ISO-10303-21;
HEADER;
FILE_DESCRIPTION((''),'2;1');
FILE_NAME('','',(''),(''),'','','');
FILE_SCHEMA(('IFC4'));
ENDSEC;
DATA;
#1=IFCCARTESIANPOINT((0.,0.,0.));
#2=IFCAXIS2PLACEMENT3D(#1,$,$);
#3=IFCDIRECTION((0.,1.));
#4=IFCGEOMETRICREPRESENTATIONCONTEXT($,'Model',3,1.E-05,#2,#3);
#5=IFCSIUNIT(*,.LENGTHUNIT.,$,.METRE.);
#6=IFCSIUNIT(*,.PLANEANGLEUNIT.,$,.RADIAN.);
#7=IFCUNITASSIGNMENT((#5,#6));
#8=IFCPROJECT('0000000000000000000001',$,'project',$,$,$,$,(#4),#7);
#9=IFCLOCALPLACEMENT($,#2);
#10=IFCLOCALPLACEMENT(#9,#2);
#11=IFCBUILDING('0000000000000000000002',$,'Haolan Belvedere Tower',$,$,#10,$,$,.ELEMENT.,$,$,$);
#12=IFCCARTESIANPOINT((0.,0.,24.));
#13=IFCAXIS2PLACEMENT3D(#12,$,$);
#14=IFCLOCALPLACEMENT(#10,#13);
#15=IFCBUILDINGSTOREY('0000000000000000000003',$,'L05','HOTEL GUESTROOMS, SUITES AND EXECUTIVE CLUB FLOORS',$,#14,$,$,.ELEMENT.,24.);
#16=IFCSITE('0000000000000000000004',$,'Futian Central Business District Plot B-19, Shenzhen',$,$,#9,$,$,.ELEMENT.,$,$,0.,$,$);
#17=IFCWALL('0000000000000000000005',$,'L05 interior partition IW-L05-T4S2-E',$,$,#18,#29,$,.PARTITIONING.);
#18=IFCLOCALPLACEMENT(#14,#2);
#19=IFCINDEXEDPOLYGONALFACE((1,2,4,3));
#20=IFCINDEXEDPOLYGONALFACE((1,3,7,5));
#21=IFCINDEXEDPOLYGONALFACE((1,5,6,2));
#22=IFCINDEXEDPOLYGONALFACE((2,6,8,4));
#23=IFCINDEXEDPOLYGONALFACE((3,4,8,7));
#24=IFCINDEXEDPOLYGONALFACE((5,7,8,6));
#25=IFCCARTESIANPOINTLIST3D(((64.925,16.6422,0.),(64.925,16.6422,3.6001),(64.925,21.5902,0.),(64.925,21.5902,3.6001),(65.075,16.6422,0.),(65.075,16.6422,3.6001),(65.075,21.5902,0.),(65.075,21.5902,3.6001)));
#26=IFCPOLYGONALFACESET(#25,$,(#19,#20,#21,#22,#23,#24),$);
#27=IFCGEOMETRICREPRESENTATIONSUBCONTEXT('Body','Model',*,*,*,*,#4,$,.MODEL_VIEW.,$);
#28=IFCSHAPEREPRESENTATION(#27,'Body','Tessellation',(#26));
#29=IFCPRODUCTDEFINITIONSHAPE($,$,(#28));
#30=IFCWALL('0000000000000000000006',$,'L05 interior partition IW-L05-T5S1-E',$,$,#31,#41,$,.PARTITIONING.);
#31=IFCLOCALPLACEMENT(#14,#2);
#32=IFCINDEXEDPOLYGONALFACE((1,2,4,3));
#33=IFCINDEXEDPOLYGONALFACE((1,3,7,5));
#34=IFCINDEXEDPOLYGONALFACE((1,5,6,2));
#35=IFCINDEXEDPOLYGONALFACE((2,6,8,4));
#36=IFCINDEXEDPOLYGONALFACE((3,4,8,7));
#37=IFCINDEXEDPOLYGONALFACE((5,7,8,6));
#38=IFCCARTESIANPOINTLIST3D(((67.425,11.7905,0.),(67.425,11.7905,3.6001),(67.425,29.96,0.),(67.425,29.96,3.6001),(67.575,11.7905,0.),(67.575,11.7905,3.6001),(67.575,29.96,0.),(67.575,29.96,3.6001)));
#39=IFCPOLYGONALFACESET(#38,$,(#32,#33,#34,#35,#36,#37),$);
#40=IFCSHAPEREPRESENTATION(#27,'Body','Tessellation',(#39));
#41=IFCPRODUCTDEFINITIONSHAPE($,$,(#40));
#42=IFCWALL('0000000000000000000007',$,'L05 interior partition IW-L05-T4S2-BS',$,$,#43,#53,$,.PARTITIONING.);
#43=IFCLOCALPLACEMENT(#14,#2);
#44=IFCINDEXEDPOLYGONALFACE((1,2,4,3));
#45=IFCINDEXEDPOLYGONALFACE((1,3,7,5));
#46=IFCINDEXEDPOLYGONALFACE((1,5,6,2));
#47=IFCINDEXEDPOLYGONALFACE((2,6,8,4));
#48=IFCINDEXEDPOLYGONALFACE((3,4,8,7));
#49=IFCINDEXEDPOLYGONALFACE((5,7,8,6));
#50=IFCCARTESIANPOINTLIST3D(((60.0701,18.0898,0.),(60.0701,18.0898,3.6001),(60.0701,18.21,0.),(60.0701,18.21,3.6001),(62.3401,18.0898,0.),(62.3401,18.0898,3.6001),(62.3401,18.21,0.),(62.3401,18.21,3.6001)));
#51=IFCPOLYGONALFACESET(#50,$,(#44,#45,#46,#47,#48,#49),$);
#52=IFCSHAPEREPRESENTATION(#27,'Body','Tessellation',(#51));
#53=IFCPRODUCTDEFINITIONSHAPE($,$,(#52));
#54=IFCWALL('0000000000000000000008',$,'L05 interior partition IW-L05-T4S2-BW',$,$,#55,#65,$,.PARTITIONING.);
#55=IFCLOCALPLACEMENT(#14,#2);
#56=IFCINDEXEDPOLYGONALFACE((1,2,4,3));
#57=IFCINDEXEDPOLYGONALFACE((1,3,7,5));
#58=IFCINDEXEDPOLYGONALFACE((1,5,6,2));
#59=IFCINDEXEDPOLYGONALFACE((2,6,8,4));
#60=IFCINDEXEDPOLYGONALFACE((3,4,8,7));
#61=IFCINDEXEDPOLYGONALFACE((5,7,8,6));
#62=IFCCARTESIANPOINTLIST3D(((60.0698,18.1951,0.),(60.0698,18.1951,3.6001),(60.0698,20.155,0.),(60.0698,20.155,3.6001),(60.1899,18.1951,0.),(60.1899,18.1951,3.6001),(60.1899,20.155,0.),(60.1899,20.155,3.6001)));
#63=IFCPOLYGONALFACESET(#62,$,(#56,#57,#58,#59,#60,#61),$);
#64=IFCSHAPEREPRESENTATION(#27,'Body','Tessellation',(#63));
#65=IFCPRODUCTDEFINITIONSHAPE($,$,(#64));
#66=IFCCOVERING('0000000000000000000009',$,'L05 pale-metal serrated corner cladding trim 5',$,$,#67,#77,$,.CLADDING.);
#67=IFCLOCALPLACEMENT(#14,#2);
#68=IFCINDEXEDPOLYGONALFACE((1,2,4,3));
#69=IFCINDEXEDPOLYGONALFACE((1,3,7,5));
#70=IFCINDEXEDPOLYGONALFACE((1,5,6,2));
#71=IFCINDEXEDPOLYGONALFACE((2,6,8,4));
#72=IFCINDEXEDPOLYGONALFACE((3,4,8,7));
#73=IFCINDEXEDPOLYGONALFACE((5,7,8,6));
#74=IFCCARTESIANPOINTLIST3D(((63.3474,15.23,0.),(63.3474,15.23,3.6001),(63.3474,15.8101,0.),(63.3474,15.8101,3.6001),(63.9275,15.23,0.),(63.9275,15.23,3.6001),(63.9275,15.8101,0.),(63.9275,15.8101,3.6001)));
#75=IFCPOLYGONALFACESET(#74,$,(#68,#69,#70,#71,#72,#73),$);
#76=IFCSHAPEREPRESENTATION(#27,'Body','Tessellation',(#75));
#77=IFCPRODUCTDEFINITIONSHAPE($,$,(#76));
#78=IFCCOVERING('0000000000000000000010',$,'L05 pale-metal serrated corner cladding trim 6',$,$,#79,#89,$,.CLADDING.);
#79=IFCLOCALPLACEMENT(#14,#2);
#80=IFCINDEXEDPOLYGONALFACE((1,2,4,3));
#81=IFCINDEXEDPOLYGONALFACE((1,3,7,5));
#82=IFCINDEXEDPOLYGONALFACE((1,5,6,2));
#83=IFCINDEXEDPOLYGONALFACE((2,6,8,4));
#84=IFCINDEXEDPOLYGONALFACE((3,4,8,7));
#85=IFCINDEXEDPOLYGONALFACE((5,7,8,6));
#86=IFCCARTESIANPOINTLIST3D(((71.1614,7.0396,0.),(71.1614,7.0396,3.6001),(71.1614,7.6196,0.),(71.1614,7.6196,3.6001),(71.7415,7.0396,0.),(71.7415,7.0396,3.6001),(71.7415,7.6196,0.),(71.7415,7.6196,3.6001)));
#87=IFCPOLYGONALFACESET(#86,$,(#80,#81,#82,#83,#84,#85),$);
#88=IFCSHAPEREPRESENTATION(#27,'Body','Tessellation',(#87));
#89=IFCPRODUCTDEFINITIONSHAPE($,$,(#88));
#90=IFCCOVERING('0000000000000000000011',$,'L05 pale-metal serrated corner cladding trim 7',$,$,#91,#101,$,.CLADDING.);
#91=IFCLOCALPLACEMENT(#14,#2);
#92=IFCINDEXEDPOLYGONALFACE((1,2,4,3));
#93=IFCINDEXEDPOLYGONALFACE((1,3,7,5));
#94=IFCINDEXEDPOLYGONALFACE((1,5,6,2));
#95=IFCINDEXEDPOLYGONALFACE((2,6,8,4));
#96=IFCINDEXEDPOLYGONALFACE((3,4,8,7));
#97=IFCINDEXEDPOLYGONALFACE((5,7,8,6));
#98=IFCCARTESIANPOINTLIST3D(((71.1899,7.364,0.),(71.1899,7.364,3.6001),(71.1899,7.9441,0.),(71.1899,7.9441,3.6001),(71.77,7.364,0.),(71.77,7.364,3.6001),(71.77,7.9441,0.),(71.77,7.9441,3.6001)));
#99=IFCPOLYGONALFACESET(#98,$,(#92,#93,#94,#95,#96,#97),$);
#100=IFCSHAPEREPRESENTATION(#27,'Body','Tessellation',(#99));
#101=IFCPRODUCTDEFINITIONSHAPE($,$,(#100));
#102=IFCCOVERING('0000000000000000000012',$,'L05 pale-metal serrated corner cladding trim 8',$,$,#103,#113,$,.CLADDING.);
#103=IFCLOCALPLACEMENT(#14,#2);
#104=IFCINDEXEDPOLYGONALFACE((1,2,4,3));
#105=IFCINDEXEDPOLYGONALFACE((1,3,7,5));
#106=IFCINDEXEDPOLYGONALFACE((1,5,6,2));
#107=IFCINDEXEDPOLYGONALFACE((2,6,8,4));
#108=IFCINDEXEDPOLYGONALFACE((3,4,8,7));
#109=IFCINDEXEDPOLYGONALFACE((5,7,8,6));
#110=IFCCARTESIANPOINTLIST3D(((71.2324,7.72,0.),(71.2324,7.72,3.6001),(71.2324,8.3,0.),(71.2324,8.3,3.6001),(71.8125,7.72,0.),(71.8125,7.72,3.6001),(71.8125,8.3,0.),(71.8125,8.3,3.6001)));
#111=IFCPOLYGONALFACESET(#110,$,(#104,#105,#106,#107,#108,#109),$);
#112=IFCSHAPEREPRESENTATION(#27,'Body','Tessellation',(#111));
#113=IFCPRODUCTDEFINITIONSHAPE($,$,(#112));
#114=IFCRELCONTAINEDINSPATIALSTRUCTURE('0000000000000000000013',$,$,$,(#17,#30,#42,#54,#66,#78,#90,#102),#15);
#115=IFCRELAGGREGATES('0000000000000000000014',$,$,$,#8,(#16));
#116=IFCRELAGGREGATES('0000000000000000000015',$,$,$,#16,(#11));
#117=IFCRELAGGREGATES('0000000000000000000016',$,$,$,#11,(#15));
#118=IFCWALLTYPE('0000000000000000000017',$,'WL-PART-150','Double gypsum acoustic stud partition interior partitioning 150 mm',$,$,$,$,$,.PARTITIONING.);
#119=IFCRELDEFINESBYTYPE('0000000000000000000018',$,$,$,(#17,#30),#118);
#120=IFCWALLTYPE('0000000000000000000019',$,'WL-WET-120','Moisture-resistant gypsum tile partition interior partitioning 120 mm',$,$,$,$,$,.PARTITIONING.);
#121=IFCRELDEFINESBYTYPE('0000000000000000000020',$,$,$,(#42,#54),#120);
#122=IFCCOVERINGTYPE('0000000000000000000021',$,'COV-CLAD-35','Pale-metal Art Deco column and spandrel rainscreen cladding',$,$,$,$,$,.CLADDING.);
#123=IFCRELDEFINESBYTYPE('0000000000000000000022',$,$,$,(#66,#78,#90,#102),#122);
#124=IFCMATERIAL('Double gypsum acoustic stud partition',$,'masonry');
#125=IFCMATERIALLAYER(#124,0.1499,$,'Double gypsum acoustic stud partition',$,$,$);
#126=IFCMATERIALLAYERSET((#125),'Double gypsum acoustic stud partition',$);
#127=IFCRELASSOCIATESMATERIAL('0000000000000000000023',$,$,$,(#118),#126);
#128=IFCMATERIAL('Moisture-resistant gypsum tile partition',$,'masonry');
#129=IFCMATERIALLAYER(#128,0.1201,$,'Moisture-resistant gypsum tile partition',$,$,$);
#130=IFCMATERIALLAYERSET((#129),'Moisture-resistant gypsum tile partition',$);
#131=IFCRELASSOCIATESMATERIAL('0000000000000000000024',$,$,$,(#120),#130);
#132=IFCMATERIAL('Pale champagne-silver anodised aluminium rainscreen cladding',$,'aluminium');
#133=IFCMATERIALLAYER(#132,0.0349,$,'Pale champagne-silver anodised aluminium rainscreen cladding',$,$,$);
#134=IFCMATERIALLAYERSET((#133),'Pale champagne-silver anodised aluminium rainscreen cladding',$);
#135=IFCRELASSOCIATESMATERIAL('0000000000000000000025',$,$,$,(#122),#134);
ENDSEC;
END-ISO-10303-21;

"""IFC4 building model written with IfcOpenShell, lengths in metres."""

from ifc_helpers import new_model, si_unit, direction, frame, frame_2d, origin, origin_2d, place, context, subcontext, project, spatial, rectangle, extrude, material, layer, layer_set, type_object, element, save


model = new_model("IFC4")

# Units and contexts
model_context = context("Model", 3, precision=1e-05, world=origin(), true_north=direction((0.0, 1.0)))
body_context = subcontext(model_context, "Body", "Model", "MODEL_VIEW")
ifc_project = project(units=[si_unit("LENGTHUNIT", "METRE"), si_unit("PLANEANGLEUNIT", "RADIAN")], contexts=[model_context])

# Site, building, storey
site_placement = place(None, origin())
site = spatial("IfcSite", under=ifc_project, at=site_placement, Name="Futian Central Business District Plot B-19, Shenzhen", CompositionType="ELEMENT", RefElevation=0.0)
building_placement = place(site_placement, origin())
building = spatial("IfcBuilding", under=site, at=building_placement, Name="Haolan Belvedere Tower", CompositionType="ELEMENT")
storey_placement = place(building_placement, frame((0.0, 0.0, 24.0)))
storey = spatial("IfcBuildingStorey", under=building, at=storey_placement, Name="L05", Description="HOTEL GUESTROOMS, SUITES AND EXECUTIVE CLUB FLOORS", CompositionType="ELEMENT", Elevation=24.0)

# Walls
ifc_material_1 = material(Name="Double gypsum acoustic stud partition", Category="masonry")
ifc_layer_1 = layer(ifc_material_1, 0.1499, Name="Double gypsum acoustic stud partition")
ifc_layer_set_1 = layer_set([ifc_layer_1], Name="Double gypsum acoustic stud partition")
wall_type_1 = type_object("IfcWallType", Name="WL-PART-150", Description="Double gypsum acoustic stud partition interior partitioning 150 mm", PredefinedType="PARTITIONING", material=ifc_layer_set_1)
wall_1_placement = place(storey_placement, frame((65.0, 16.6421, 0.0), z_axis=(0.0, 0.0, 1.0), x_axis=(0.0, 1.0, 0.0)))
element("IfcWall", 1, at=wall_1_placement, inside=storey, type_object=wall_type_1, Name="L05 interior partition IW-L05-T4S2-E", PredefinedType="PARTITIONING", context=body_context, shape_type="SweptSolid", body=[
    extrude(rectangle(XDim=4.948, YDim=0.1499, at=frame_2d((2.4741, 0.0))), origin(), (0.0, 0.0, 1.0), 3.6001),
])
wall_2_placement = place(storey_placement, frame((67.5, 11.7905, 0.0), z_axis=(0.0, 0.0, 1.0), x_axis=(0.0, 1.0, 0.0)))
element("IfcWall", 2, at=wall_2_placement, inside=storey, type_object=wall_type_1, Name="L05 interior partition IW-L05-T5S1-E", PredefinedType="PARTITIONING", context=body_context, shape_type="SweptSolid", body=[
    extrude(rectangle(XDim=18.1694, YDim=0.1499, at=frame_2d((9.0847, 0.0))), origin(), (0.0, 0.0, 1.0), 3.6001),
])
ifc_material_2 = material(Name="Moisture-resistant gypsum tile partition", Category="masonry")
ifc_layer_2 = layer(ifc_material_2, 0.1201, Name="Moisture-resistant gypsum tile partition")
ifc_layer_set_2 = layer_set([ifc_layer_2], Name="Moisture-resistant gypsum tile partition")
wall_type_2 = type_object("IfcWallType", Name="WL-WET-120", Description="Moisture-resistant gypsum tile partition interior partitioning 120 mm", PredefinedType="PARTITIONING", material=ifc_layer_set_2)
wall_3_placement = place(storey_placement, frame((60.0701, 18.1499, 0.0), z_axis=(0.0, 0.0, 1.0), x_axis=(1.0, 0.0, 0.0)))
element("IfcWall", 3, at=wall_3_placement, inside=storey, type_object=wall_type_2, Name="L05 interior partition IW-L05-T4S2-BS", PredefinedType="PARTITIONING", context=body_context, shape_type="SweptSolid", body=[
    extrude(rectangle(XDim=2.27, YDim=0.1201, at=frame_2d((1.135, 0.0))), origin(), (0.0, 0.0, 1.0), 3.6001),
])
wall_4_placement = place(storey_placement, frame((60.1299, 18.1951, 0.0), z_axis=(0.0, 0.0, 1.0), x_axis=(0.0, 1.0, 0.0)))
element("IfcWall", 4, at=wall_4_placement, inside=storey, type_object=wall_type_2, Name="L05 interior partition IW-L05-T4S2-BW", PredefinedType="PARTITIONING", context=body_context, shape_type="SweptSolid", body=[
    extrude(rectangle(XDim=1.96, YDim=0.1201, at=frame_2d((0.98, 0.0))), origin(), (0.0, 0.0, 1.0), 3.6001),
])

# Coverings
ifc_material_3 = material(Name="Pale champagne-silver anodised aluminium rainscreen cladding", Category="aluminium")
ifc_layer_3 = layer(ifc_material_3, 0.0349, Name="Pale champagne-silver anodised aluminium rainscreen cladding")
ifc_layer_set_3 = layer_set([ifc_layer_3], Name="Pale champagne-silver anodised aluminium rainscreen cladding")
covering_type = type_object("IfcCoveringType", Name="COV-CLAD-35", Description="Pale-metal Art Deco column and spandrel rainscreen cladding", PredefinedType="CLADDING", material=ifc_layer_set_3)
for number, where, z_axis, x_axis, name in (
    (5, (63.6375, 15.52, 0.0), (0.0, 0.0, 1.0), (1.0, 0.0, 0.0), "L05 pale-metal serrated corner cladding trim 5"),
    (6, (71.4514, 7.3296, 0.0), (0.0, 0.0, 1.0), (1.0, 0.0, 0.0), "L05 pale-metal serrated corner cladding trim 6"),
    (7, (71.48, 7.6541, 0.0), (0.0, 0.0, 1.0), (1.0, 0.0, 0.0), "L05 pale-metal serrated corner cladding trim 7"),
    (8, (71.5225, 8.01, 0.0), (0.0, 0.0, 1.0), (1.0, 0.0, 0.0), "L05 pale-metal serrated corner cladding trim 8"),
):
    element("IfcCovering", number, at=place(storey_placement, frame(where, z_axis=z_axis, x_axis=x_axis)), inside=storey, type_object=covering_type, Name=name, PredefinedType="CLADDING", context=body_context, shape_type="SweptSolid", body=[
        extrude(rectangle(XDim=0.5801, YDim=0.5801, at=origin_2d()), origin(), (0.0, 0.0, 1.0), 3.6001),
    ])

save(model, "model.ifc")
